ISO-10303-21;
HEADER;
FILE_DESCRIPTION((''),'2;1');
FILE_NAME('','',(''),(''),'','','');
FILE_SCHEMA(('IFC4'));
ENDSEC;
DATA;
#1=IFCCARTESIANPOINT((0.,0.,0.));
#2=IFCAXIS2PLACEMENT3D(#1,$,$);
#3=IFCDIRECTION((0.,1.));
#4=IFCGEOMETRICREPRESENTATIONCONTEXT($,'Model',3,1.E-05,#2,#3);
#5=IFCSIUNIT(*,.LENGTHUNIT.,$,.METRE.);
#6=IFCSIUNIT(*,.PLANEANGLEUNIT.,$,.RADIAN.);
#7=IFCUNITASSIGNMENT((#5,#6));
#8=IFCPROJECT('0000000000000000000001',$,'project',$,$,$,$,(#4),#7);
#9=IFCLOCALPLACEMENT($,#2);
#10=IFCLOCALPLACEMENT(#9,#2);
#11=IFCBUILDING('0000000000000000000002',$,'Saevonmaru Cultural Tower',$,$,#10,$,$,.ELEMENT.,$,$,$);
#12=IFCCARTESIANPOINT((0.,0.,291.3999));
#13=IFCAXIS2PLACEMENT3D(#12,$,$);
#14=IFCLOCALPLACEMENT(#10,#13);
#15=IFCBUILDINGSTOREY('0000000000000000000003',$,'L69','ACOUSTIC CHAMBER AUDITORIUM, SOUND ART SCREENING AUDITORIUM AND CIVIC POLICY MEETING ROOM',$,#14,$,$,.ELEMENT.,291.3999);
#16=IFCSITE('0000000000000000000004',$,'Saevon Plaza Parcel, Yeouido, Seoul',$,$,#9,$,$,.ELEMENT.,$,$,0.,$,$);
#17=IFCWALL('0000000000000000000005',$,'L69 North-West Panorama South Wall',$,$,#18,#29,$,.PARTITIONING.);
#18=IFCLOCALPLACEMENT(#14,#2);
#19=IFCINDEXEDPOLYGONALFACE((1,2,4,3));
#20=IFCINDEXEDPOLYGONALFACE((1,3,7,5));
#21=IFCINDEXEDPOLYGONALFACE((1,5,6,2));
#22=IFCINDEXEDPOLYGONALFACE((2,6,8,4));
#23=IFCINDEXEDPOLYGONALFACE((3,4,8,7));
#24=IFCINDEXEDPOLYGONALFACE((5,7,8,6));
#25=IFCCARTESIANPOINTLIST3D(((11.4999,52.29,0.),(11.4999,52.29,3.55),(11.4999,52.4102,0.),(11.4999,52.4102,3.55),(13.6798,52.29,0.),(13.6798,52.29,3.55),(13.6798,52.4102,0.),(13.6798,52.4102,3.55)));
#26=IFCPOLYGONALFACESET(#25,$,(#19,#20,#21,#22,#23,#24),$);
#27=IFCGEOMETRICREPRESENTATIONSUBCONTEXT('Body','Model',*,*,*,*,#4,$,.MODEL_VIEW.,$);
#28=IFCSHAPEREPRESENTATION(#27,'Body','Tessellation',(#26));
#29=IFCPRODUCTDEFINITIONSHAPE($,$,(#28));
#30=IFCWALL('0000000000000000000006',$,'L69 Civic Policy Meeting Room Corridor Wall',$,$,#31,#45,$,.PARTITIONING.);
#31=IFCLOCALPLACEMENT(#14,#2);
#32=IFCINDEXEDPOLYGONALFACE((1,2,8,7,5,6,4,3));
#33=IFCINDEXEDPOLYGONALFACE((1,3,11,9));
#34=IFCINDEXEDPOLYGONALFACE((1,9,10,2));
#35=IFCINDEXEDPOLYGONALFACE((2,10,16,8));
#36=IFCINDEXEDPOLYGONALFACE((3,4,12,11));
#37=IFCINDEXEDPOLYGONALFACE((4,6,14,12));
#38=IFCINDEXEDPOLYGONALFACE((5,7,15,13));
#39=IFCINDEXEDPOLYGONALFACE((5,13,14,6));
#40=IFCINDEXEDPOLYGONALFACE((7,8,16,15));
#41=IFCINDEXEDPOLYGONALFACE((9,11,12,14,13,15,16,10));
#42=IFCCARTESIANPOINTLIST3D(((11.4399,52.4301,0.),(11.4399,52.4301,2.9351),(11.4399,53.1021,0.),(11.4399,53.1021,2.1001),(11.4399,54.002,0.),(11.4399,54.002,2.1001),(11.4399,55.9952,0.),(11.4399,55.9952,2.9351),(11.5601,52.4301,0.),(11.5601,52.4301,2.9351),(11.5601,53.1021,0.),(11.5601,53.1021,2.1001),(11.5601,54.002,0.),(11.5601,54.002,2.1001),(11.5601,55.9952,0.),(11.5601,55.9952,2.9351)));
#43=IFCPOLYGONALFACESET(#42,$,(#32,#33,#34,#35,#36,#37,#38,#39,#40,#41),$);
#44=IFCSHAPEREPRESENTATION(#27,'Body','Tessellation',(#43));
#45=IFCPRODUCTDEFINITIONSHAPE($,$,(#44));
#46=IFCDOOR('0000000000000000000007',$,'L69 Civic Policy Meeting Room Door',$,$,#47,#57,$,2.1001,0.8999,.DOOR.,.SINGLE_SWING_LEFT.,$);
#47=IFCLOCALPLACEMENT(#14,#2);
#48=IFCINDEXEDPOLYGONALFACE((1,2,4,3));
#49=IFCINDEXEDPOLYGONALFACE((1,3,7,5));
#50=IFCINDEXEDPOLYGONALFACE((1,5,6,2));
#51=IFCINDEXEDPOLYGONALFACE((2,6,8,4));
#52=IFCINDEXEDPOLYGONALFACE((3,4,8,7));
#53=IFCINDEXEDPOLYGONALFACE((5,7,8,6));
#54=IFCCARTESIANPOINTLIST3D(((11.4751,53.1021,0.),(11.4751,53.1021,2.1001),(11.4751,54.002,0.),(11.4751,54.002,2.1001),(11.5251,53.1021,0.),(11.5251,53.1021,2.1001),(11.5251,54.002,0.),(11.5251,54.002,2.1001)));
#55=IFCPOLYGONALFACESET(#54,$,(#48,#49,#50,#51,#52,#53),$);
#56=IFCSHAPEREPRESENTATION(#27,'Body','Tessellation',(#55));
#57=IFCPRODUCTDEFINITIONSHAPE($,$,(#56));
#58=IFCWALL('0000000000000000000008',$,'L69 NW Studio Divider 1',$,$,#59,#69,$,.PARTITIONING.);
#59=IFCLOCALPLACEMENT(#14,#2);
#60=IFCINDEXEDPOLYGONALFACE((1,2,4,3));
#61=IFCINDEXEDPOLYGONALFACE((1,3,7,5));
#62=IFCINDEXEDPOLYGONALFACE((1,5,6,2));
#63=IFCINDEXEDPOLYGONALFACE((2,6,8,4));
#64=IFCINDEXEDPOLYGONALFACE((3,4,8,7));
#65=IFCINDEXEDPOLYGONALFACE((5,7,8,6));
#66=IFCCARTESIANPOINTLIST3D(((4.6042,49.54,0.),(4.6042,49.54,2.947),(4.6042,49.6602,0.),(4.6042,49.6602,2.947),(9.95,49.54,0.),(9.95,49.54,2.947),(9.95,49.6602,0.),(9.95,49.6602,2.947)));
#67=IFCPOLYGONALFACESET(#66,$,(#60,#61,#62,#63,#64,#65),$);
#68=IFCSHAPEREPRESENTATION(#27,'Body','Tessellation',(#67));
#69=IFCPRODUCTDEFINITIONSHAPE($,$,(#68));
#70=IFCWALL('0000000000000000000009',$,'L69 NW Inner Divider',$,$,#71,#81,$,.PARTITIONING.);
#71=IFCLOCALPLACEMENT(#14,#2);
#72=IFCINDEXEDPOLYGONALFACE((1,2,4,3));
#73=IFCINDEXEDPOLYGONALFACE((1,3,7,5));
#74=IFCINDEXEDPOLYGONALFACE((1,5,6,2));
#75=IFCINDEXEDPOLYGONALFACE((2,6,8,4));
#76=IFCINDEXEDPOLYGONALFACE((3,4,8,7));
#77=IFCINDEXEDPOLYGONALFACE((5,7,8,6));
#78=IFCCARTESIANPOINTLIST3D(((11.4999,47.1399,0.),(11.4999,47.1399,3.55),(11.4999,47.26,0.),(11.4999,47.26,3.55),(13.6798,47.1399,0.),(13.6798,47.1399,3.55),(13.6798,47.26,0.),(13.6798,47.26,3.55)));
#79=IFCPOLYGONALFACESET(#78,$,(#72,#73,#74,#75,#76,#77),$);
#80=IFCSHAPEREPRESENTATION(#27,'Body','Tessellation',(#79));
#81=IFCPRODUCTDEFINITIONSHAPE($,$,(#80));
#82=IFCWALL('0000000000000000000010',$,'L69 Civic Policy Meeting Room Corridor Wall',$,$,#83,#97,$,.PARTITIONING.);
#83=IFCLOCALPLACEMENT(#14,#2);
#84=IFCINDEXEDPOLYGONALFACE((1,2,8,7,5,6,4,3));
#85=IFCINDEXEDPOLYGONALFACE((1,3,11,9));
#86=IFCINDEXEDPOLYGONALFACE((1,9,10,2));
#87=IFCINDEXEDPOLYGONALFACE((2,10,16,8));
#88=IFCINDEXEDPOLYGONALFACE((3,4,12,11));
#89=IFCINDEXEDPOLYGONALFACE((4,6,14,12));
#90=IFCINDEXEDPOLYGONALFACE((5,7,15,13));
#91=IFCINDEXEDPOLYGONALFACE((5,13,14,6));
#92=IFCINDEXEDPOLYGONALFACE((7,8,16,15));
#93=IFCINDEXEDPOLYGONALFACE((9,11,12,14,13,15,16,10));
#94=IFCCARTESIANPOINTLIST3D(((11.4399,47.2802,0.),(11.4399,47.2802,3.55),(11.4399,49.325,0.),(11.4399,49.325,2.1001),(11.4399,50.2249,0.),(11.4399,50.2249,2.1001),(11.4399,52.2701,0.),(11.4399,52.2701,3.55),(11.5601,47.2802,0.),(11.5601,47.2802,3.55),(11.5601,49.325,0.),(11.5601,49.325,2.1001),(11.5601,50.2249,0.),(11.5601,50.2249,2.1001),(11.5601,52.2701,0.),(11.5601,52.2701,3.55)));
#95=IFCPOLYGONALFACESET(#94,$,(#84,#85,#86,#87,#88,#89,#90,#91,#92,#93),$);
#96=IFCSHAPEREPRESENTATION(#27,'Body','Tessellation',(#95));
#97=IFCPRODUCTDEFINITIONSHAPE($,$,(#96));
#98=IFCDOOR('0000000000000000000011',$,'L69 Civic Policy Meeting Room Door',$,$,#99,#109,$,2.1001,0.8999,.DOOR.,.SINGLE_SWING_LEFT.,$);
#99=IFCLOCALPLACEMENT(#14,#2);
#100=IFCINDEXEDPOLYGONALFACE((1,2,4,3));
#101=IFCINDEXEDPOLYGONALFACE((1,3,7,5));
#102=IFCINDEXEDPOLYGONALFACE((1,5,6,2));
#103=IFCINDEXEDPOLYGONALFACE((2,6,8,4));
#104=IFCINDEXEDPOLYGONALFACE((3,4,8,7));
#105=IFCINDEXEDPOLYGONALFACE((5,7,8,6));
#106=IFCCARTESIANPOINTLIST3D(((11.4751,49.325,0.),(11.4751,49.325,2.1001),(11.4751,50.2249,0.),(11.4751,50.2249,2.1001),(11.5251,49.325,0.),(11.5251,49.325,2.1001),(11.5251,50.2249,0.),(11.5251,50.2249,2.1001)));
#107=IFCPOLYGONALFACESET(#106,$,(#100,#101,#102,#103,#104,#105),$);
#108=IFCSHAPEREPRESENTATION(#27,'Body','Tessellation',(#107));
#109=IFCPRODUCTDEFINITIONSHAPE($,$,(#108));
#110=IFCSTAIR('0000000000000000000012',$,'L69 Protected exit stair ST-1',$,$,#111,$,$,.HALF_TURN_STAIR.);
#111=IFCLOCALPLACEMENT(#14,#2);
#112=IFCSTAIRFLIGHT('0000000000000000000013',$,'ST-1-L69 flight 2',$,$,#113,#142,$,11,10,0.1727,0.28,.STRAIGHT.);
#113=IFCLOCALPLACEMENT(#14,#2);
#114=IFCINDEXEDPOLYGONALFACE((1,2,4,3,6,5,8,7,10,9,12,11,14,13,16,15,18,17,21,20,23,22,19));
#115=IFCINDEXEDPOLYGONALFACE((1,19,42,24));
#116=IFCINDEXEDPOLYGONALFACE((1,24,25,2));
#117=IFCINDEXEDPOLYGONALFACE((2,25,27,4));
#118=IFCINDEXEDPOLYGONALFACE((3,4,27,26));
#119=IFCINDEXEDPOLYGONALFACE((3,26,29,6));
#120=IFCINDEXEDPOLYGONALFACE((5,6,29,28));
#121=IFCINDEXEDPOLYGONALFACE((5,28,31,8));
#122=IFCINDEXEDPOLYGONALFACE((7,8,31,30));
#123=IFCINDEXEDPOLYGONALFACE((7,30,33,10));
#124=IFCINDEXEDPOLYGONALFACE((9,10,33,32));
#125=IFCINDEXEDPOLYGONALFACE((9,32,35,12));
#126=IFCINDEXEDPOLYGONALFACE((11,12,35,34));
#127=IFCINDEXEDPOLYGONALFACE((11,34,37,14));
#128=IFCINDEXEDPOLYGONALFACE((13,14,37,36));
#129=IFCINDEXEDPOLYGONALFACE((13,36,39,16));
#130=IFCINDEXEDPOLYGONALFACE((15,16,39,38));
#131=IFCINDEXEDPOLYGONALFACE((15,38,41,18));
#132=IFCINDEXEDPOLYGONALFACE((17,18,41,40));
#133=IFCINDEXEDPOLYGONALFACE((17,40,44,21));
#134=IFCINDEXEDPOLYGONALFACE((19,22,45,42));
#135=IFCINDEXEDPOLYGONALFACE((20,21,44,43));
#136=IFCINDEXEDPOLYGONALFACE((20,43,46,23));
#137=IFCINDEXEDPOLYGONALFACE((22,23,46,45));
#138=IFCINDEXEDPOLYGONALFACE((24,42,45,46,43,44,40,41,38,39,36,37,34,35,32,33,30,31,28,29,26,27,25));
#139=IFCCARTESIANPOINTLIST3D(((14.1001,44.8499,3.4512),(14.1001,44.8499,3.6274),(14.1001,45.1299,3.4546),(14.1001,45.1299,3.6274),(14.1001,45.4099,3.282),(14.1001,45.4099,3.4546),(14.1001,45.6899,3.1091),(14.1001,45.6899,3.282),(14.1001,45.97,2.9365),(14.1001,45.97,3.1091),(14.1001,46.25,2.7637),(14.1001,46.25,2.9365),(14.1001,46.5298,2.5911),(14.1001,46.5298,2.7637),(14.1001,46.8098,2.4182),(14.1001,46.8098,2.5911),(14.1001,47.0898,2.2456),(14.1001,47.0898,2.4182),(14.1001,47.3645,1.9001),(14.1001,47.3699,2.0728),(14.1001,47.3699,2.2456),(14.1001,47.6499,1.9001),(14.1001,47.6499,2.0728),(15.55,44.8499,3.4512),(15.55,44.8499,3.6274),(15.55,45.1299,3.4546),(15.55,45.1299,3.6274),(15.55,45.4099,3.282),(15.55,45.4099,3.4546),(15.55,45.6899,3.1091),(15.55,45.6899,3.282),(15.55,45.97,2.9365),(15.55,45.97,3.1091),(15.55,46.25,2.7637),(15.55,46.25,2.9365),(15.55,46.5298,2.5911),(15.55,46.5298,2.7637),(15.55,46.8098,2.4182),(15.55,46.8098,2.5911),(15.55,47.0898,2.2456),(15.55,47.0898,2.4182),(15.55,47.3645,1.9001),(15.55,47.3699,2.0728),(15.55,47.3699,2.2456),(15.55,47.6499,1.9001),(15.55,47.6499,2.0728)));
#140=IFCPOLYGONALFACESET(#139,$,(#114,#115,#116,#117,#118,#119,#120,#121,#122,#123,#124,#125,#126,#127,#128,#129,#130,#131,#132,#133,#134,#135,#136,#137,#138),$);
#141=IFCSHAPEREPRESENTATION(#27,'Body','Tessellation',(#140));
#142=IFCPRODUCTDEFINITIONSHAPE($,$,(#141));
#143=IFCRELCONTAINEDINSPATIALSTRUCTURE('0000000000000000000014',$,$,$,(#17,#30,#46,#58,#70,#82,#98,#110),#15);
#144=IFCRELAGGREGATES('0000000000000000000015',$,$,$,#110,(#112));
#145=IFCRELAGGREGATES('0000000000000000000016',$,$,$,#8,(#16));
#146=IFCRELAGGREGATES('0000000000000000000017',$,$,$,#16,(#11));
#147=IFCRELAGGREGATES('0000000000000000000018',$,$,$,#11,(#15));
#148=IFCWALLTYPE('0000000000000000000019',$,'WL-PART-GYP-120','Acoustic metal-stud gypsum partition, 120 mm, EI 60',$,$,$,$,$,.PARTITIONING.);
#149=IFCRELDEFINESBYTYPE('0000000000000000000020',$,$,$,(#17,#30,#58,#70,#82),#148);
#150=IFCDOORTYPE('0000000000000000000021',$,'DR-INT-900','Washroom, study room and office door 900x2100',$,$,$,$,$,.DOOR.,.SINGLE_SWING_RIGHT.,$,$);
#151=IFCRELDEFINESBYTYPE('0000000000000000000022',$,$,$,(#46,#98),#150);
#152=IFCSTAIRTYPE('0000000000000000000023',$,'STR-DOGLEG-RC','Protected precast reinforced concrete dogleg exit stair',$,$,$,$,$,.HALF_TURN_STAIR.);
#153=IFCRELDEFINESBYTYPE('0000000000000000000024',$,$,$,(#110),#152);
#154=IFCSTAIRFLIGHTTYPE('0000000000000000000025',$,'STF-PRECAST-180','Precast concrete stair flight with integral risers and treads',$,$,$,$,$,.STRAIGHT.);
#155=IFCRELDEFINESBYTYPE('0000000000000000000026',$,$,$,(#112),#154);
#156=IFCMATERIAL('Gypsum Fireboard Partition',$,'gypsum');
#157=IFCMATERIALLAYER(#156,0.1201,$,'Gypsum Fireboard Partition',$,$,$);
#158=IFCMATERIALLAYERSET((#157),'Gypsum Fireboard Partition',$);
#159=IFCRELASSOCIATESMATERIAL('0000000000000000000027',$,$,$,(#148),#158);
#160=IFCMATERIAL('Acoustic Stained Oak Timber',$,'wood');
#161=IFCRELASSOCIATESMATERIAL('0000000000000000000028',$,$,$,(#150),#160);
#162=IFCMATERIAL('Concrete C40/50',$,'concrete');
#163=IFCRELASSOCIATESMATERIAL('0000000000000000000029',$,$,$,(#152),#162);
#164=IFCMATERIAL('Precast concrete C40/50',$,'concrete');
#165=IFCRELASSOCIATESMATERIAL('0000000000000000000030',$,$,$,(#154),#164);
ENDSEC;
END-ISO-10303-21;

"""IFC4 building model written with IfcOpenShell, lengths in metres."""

from ifc_helpers import new_model, si_unit, direction, frame, frame_2d, origin, place, context, subcontext, project, spatial, polyline, rectangle, outline, extrude, material, layer, layer_set, type_object, element, fill, aggregate, save


model = new_model("IFC4")

# Units and contexts
model_context = context("Model", 3, precision=1e-05, world=origin(), true_north=direction((0.0, 1.0)))
body_context = subcontext(model_context, "Body", "Model", "MODEL_VIEW")
ifc_project = project(units=[si_unit("LENGTHUNIT", "METRE"), si_unit("PLANEANGLEUNIT", "RADIAN")], contexts=[model_context])

# Site, building, storey
site_placement = place(None, origin())
site = spatial("IfcSite", under=ifc_project, at=site_placement, Name="Saevon Plaza Parcel, Yeouido, Seoul", CompositionType="ELEMENT", RefElevation=0.0)
building_placement = place(site_placement, origin())
building = spatial("IfcBuilding", under=site, at=building_placement, Name="Saevonmaru Cultural Tower", CompositionType="ELEMENT")
storey_placement = place(building_placement, frame((0.0, 0.0, 291.3999)))
storey = spatial("IfcBuildingStorey", under=building, at=storey_placement, Name="L69", Description="ACOUSTIC CHAMBER AUDITORIUM, SOUND ART SCREENING AUDITORIUM AND CIVIC POLICY MEETING ROOM", CompositionType="ELEMENT", Elevation=291.3999)

# Shared definitions
ifc_material_1 = material(Name="Gypsum Fireboard Partition", Category="gypsum")
ifc_material_2 = material(Name="Acoustic Stained Oak Timber", Category="wood")

# Wall
ifc_layer_1 = layer(ifc_material_1, 0.1201, Name="Gypsum Fireboard Partition")
ifc_layer_set_1 = layer_set([ifc_layer_1], Name="Gypsum Fireboard Partition")
wall_type_1 = type_object("IfcWallType", Name="WL-PART-GYP-120", Description="Acoustic metal-stud gypsum partition, 120 mm, EI 60", PredefinedType="PARTITIONING", material=ifc_layer_set_1)
wall_1_placement = place(storey_placement, frame((11.5, 52.3501, 0.0), z_axis=(0.0, 0.0, 1.0), x_axis=(1.0, 0.0, 0.0)))
element("IfcWall", 1, at=wall_1_placement, inside=storey, type_object=wall_type_1, Name="L69 North-West Panorama South Wall", PredefinedType="PARTITIONING", context=body_context, shape_type="SweptSolid", body=[
    extrude(rectangle(XDim=2.1799, YDim=0.1201, at=frame_2d((1.0898, 0.0))), origin(), (0.0, 0.0, 1.0), 3.55),
])

# Wall, opening, door
wall_2_placement = place(storey_placement, frame((11.5, 52.4299, 0.0), z_axis=(0.0, 0.0, 1.0), x_axis=(0.0, 1.0, 0.0)))
wall_2 = element("IfcWall", 2, at=wall_2_placement, inside=storey, type_object=wall_type_1, Name="L69 Civic Policy Meeting Room Corridor Wall", PredefinedType="PARTITIONING", context=body_context, shape_type="SweptSolid", body=[
    extrude(rectangle(XDim=3.5652, YDim=0.1201, at=frame_2d((1.7827, 0.0))), origin(), (0.0, 0.0, 1.0), 2.9351),
])
opening_1_placement = place(wall_2_placement, frame((0.6721, 0.0, 0.0)))
opening_1 = element("IfcOpeningElement", 3, at=opening_1_placement, cuts=wall_2, PredefinedType="OPENING", context=body_context, shape_type="SweptSolid", body=[
    extrude(rectangle(XDim=0.8999, YDim=2.1001, at=frame_2d((0.45, 1.05))), frame((0.0, 0.0701, 0.0), z_axis=(0.0, -1.0, 0.0), x_axis=(1.0, 0.0, 0.0)), (0.0, 0.0, 1.0), 0.1401),
])
door_type_1 = type_object("IfcDoorType", Name="DR-INT-900", Description="Washroom, study room and office door 900x2100", OperationType="SINGLE_SWING_RIGHT", PredefinedType="DOOR", material=ifc_material_2)
door_1_placement = place(opening_1_placement, origin())
door_1 = element("IfcDoor", 4, at=door_1_placement, inside=storey, type_object=door_type_1, Name="L69 Civic Policy Meeting Room Door", OperationType="SINGLE_SWING_LEFT", OverallHeight=2.1001, OverallWidth=0.8999, PredefinedType="DOOR", context=body_context, shape_type="SweptSolid", body=[
    extrude(rectangle(XDim=0.8999, YDim=2.1001, at=frame_2d((0.45, 1.05))), frame((0.0, 0.0249, 0.0), z_axis=(0.0, -1.0, 0.0), x_axis=(1.0, 0.0, 0.0)), (0.0, 0.0, 1.0), 0.05),
])
fill(opening_1, door_1)

# Walls
wall_3_placement = place(storey_placement, frame((4.6042, 49.6001, 0.0), z_axis=(0.0, 0.0, 1.0), x_axis=(1.0, 0.0, 0.0)))
element("IfcWall", 5, at=wall_3_placement, inside=storey, type_object=wall_type_1, Name="L69 NW Studio Divider 1", PredefinedType="PARTITIONING", context=body_context, shape_type="SweptSolid", body=[
    extrude(rectangle(XDim=5.3457, YDim=0.1201, at=frame_2d((2.6729, 0.0))), origin(), (0.0, 0.0, 1.0), 2.947),
])
wall_4_placement = place(storey_placement, frame((11.5, 47.2, 0.0), z_axis=(0.0, 0.0, 1.0), x_axis=(1.0, 0.0, 0.0)))
element("IfcWall", 6, at=wall_4_placement, inside=storey, type_object=wall_type_1, Name="L69 NW Inner Divider", PredefinedType="PARTITIONING", context=body_context, shape_type="SweptSolid", body=[
    extrude(rectangle(XDim=2.1799, YDim=0.1201, at=frame_2d((1.0898, 0.0))), origin(), (0.0, 0.0, 1.0), 3.55),
])

# Wall, opening, door
wall_5_placement = place(storey_placement, frame((11.5, 47.28, 0.0), z_axis=(0.0, 0.0, 1.0), x_axis=(0.0, 1.0, 0.0)))
wall_5 = element("IfcWall", 7, at=wall_5_placement, inside=storey, type_object=wall_type_1, Name="L69 Civic Policy Meeting Room Corridor Wall", PredefinedType="PARTITIONING", context=body_context, shape_type="SweptSolid", body=[
    extrude(rectangle(XDim=4.99, YDim=0.1201, at=frame_2d((2.4951, 0.0))), origin(), (0.0, 0.0, 1.0), 3.55),
])
opening_2_placement = place(wall_5_placement, frame((2.0449, 0.0, 0.0)))
opening_2 = element("IfcOpeningElement", 8, at=opening_2_placement, cuts=wall_5, PredefinedType="OPENING", context=body_context, shape_type="SweptSolid", body=[
    extrude(rectangle(XDim=0.8999, YDim=2.1001, at=frame_2d((0.45, 1.05))), frame((0.0, 0.0701, 0.0), z_axis=(0.0, -1.0, 0.0), x_axis=(1.0, 0.0, 0.0)), (0.0, 0.0, 1.0), 0.1401),
])
door_2_placement = place(opening_2_placement, origin())
door_2 = element("IfcDoor", 9, at=door_2_placement, inside=storey, type_object=door_type_1, Name="L69 Civic Policy Meeting Room Door", OperationType="SINGLE_SWING_LEFT", OverallHeight=2.1001, OverallWidth=0.8999, PredefinedType="DOOR", context=body_context, shape_type="SweptSolid", body=[
    extrude(rectangle(XDim=0.8999, YDim=2.1001, at=frame_2d((0.45, 1.05))), frame((0.0, 0.0249, 0.0), z_axis=(0.0, -1.0, 0.0), x_axis=(1.0, 0.0, 0.0)), (0.0, 0.0, 1.0), 0.05),
])
fill(opening_2, door_2)

# Stair, stair flight
ifc_material_3 = material(Name="Concrete C40/50", Category="concrete")
stair_type = type_object("IfcStairType", Name="STR-DOGLEG-RC", Description="Protected precast reinforced concrete dogleg exit stair", PredefinedType="HALF_TURN_STAIR", material=ifc_material_3)
stair_placement = place(storey_placement, origin())
stair = element("IfcStair", 10, at=stair_placement, inside=storey, type_object=stair_type, Name="L69 Protected exit stair ST-1", PredefinedType="HALF_TURN_STAIR")
ifc_material_4 = material(Name="Precast concrete C40/50", Category="concrete")
stair_flight_type = type_object("IfcStairFlightType", Name="STF-PRECAST-180", Description="Precast concrete stair flight with integral risers and treads", PredefinedType="STRAIGHT", material=ifc_material_4)
stair_flight_placement = place(storey_placement, frame((14.825, 47.6499, 1.9001), z_axis=(0.0, 0.0, 1.0), x_axis=(0.0, -1.0, 0.0)))
stair_flight = element("IfcStairFlight", 11, at=stair_flight_placement, type_object=stair_flight_type, Name="ST-1-L69 flight 2", NumberOfRisers=11, NumberOfTreads=10, PredefinedType="STRAIGHT", RiserHeight=0.1727, TreadLength=0.28, context=body_context, shape_type="SweptSolid", body=[
    extrude(outline(polyline([(0.0, 0.0), (0.0, 0.1726), (0.28, 0.1726), (0.28, 0.3455), (0.5601, 0.3455), (0.5601, 0.5181), (0.8401, 0.5181), (0.8401, 0.6909), (1.1201, 0.6909), (1.1201, 0.8635), (1.3999, 0.8635), (1.3999, 1.0364), (1.6799, 1.0364), (1.6799, 1.209), (1.96, 1.209), (1.96, 1.3818), (2.24, 1.3818), (2.24, 1.5544), (2.52, 1.5544), (2.52, 1.7273), (2.8, 1.7273), (2.8, 1.8999), (2.8, 1.551), (0.2854, 0.0), (0.0, 0.0)])), frame((0.0, 0.7251, 0.0), z_axis=(0.0, -1.0, 0.0), x_axis=(1.0, 0.0, 0.0)), (0.0, 0.0, 1.0), 1.45),
])
aggregate(stair, [stair_flight])

save(model, "model.ifc")
